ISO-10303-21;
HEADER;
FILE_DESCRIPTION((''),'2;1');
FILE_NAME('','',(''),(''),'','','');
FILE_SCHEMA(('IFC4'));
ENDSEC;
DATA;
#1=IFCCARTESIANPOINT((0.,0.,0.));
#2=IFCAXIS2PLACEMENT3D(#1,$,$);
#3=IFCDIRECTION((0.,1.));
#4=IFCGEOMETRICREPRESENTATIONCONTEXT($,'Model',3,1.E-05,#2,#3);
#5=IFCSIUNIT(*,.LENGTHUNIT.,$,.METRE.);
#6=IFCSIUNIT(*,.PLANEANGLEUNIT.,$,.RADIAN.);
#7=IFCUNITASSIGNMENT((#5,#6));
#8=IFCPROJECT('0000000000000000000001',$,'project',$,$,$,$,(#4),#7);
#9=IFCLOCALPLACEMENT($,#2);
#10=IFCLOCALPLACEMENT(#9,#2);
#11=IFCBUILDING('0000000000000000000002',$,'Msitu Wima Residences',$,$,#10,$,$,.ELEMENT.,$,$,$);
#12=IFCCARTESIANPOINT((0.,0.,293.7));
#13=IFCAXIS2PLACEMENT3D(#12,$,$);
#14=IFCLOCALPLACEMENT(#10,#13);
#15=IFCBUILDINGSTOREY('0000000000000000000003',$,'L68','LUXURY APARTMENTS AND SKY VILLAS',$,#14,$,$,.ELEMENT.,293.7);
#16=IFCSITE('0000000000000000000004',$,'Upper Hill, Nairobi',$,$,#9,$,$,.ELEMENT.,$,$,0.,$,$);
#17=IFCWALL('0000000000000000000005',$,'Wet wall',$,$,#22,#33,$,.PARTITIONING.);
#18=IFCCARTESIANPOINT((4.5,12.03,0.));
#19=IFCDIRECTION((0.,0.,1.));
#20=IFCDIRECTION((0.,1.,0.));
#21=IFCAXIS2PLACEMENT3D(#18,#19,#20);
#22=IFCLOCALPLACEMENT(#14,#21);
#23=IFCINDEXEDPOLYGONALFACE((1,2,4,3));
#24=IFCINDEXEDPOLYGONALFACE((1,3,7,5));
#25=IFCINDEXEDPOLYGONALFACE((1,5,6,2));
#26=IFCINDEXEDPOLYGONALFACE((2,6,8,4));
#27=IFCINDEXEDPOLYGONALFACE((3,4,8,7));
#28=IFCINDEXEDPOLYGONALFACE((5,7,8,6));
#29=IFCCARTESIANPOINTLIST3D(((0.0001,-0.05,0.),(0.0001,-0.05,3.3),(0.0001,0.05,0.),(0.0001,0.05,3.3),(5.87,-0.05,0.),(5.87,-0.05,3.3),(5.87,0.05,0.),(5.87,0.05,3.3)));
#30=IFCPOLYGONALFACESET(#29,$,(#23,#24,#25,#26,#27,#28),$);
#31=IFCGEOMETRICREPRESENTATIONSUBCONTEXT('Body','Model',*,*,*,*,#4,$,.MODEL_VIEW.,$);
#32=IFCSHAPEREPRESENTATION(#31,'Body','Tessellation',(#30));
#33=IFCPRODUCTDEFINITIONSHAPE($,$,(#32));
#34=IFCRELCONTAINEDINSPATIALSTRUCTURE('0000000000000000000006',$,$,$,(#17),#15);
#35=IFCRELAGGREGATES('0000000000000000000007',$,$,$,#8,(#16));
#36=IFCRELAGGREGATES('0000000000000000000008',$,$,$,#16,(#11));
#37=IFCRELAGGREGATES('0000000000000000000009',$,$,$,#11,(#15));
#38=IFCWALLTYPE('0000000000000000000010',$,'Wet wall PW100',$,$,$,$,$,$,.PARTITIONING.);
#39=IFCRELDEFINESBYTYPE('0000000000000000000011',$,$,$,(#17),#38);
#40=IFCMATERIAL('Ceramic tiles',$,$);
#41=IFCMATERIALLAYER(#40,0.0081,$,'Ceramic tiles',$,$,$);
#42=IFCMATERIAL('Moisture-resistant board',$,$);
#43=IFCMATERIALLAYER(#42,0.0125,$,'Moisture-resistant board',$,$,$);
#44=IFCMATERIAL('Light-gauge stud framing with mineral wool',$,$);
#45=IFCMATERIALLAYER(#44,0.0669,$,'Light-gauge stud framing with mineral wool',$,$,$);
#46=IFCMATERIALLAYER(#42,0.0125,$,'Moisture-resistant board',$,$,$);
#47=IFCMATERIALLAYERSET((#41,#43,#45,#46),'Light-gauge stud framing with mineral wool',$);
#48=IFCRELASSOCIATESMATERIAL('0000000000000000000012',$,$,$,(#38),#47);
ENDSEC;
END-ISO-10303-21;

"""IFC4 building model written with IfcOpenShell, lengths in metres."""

from ifc_helpers import new_model, si_unit, direction, frame, frame_2d, origin, place, context, subcontext, project, spatial, rectangle, extrude, material, layer, layer_set, type_object, element, save


model = new_model("IFC4")

# Units and contexts
model_context = context("Model", 3, precision=1e-05, world=origin(), true_north=direction((0.0, 1.0)))
body_context = subcontext(model_context, "Body", "Model", "MODEL_VIEW")
ifc_project = project(units=[si_unit("LENGTHUNIT", "METRE"), si_unit("PLANEANGLEUNIT", "RADIAN")], contexts=[model_context])

# Site, building, storey
site_placement = place(None, origin())
site = spatial("IfcSite", under=ifc_project, at=site_placement, Name="Upper Hill, Nairobi", CompositionType="ELEMENT", RefElevation=0.0)
building_placement = place(site_placement, origin())
building = spatial("IfcBuilding", under=site, at=building_placement, Name="Msitu Wima Residences", CompositionType="ELEMENT")
storey_placement = place(building_placement, frame((0.0, 0.0, 293.7)))
storey = spatial("IfcBuildingStorey", under=building, at=storey_placement, Name="L68", Description="LUXURY APARTMENTS AND SKY VILLAS", CompositionType="ELEMENT", Elevation=293.7)

# Wall
ifc_material_1 = material(Name="Light-gauge stud framing with mineral wool")
ifc_material_2 = material(Name="Ceramic tiles")
ifc_layer_1 = layer(ifc_material_2, 0.0081, Name="Ceramic tiles")
ifc_material_3 = material(Name="Moisture-resistant board")
ifc_layer_2 = layer(ifc_material_3, 0.0125, Name="Moisture-resistant board")
ifc_layer_3 = layer(ifc_material_1, 0.0669, Name="Light-gauge stud framing with mineral wool")
ifc_layer_4 = layer(ifc_material_3, 0.0125, Name="Moisture-resistant board")
ifc_layer_set_1 = layer_set([ifc_layer_1, ifc_layer_2, ifc_layer_3, ifc_layer_4], Name="Light-gauge stud framing with mineral wool")
wall_type_1 = type_object("IfcWallType", Name="Wet wall PW100", PredefinedType="PARTITIONING", material=ifc_layer_set_1)
wall_1_placement = place(storey_placement, frame((4.5, 12.03, 0.0), z_axis=(0.0, 0.0, 1.0), x_axis=(0.0, 1.0, 0.0)))
element("IfcWall", 1, at=wall_1_placement, inside=storey, type_object=wall_type_1, Name="Wet wall", PredefinedType="PARTITIONING", context=body_context, shape_type="SweptSolid", body=[
    extrude(rectangle(XDim=5.8699, YDim=0.1001, at=frame_2d((2.9351, 0.0))), origin(), (0.0, 0.0, 1.0), 3.3),
])

save(model, "model.ifc")
